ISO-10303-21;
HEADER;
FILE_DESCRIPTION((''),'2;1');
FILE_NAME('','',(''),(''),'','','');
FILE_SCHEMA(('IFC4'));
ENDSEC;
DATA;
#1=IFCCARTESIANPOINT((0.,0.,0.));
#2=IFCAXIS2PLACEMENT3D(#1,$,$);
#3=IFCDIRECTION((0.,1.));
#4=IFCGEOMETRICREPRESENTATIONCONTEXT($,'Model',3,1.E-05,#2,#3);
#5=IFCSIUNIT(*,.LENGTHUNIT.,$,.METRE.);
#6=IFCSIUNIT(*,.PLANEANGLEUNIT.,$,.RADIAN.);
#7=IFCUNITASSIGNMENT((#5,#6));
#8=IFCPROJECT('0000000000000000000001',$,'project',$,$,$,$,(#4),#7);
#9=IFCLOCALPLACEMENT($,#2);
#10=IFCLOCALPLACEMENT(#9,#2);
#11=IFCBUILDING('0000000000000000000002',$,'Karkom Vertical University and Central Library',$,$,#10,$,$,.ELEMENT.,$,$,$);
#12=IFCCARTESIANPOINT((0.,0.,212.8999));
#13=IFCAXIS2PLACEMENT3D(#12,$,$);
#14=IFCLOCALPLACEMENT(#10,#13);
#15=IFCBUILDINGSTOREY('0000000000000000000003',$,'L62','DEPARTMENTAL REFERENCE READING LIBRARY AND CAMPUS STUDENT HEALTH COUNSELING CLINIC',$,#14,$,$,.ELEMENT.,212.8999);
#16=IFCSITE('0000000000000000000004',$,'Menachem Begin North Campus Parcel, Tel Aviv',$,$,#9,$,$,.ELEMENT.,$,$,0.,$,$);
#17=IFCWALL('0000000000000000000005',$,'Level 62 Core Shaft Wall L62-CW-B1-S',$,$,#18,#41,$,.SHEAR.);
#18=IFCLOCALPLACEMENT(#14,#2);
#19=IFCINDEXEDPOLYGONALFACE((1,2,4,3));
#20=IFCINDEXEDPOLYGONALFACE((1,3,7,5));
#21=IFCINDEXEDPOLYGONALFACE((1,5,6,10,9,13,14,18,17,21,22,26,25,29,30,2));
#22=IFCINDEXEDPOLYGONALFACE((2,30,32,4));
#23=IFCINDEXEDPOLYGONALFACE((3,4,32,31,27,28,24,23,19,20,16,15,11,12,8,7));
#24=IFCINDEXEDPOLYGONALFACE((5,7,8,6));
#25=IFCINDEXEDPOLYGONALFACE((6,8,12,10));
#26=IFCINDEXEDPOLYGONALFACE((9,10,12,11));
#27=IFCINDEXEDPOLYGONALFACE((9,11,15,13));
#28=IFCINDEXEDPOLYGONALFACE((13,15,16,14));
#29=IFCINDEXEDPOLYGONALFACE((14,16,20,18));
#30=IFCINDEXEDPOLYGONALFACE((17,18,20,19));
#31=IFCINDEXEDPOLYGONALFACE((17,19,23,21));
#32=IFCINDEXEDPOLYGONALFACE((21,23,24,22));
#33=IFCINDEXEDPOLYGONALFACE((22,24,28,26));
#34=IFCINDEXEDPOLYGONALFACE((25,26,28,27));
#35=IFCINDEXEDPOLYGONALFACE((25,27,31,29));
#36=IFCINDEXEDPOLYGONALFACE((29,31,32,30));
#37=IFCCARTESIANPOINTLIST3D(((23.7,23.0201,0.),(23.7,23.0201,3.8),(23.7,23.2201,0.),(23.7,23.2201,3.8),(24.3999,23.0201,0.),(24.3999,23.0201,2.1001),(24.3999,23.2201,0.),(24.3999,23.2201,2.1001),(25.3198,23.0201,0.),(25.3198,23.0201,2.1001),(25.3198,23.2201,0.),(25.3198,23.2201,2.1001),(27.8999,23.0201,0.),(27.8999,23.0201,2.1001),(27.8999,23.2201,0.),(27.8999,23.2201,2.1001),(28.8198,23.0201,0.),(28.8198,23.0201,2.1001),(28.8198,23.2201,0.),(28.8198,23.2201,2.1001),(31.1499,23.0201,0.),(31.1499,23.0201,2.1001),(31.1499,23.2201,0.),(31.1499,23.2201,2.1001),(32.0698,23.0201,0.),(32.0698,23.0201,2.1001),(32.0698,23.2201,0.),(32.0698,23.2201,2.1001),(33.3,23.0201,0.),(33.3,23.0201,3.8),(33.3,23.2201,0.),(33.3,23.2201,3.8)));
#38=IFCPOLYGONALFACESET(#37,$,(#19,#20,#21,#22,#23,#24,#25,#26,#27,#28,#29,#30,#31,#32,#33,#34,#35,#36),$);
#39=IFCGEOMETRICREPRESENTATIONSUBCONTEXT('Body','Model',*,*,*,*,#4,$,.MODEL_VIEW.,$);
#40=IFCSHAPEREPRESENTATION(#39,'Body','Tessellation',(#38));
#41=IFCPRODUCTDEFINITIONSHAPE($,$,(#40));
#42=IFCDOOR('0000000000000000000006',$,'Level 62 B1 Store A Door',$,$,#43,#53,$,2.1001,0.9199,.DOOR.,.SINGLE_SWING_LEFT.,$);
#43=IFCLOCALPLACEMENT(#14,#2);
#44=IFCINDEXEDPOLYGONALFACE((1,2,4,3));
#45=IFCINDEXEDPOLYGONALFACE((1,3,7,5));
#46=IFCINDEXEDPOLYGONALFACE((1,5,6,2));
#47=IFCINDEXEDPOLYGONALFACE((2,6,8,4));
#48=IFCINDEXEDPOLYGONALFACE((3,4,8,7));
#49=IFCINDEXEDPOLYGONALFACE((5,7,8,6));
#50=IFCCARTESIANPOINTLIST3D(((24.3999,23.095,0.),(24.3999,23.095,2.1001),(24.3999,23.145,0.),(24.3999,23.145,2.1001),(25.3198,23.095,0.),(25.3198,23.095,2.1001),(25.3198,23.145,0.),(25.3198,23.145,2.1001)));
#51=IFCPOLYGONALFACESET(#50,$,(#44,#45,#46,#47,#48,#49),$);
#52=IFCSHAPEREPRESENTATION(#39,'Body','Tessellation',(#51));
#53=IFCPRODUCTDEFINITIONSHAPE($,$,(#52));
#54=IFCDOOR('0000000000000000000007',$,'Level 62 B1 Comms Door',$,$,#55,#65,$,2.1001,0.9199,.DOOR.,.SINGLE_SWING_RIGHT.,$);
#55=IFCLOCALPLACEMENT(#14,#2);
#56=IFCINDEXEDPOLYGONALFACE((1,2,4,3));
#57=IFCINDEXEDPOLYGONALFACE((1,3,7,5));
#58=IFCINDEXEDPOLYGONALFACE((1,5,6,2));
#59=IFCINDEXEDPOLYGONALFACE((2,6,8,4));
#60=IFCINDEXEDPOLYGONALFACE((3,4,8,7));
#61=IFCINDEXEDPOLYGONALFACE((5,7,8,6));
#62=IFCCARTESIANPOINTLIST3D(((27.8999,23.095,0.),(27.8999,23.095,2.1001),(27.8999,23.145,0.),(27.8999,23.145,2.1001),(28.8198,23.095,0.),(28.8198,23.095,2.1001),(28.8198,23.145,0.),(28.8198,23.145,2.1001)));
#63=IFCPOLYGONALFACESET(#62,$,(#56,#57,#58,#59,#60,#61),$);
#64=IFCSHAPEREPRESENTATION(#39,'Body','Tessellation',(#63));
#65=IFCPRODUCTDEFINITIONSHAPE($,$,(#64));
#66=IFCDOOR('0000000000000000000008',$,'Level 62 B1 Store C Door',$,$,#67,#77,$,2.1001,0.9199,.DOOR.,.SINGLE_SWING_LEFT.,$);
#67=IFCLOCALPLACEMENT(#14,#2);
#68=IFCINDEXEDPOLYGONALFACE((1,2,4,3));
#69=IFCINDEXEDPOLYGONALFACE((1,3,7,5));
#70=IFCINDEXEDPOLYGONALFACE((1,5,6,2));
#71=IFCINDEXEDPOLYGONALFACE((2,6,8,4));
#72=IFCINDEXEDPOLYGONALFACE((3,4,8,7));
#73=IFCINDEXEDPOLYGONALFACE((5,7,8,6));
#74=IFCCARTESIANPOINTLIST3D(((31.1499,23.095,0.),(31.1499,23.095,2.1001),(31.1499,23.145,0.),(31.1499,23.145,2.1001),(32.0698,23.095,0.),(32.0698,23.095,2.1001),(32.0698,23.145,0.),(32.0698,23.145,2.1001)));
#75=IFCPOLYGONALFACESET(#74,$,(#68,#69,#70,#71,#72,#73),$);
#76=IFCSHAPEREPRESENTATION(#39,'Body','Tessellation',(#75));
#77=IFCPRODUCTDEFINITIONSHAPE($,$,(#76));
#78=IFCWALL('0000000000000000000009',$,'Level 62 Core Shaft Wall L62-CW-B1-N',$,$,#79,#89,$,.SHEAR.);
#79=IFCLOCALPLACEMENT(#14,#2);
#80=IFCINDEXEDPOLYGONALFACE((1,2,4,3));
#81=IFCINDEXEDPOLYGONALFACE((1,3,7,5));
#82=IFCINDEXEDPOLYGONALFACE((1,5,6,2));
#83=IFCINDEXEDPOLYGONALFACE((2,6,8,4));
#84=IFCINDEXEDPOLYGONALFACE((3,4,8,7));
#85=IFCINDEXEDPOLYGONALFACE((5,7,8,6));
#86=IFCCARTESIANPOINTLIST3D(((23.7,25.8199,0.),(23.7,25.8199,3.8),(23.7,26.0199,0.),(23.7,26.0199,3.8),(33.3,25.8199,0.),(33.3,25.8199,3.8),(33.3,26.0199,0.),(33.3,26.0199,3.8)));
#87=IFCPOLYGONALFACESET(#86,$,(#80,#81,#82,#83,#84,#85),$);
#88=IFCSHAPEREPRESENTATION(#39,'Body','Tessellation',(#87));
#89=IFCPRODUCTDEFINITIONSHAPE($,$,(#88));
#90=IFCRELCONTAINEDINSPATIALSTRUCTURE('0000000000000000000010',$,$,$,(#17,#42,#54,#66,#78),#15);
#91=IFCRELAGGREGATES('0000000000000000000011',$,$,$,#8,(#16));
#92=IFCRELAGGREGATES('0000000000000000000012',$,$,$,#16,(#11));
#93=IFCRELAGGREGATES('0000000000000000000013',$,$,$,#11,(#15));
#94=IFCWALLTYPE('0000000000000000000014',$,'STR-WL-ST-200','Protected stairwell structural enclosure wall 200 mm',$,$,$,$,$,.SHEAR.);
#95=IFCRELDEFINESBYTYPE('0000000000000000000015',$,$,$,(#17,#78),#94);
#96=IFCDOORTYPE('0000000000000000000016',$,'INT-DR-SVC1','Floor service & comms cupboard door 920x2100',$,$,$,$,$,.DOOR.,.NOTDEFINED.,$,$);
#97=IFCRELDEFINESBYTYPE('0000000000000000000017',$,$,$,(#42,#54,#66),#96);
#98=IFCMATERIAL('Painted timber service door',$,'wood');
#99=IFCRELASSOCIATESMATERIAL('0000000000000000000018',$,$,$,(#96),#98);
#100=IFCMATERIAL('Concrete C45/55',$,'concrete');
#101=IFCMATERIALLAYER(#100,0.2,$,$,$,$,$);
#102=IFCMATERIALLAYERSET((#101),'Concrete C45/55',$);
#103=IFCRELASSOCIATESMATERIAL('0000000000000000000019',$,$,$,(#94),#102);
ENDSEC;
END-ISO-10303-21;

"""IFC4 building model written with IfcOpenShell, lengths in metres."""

from ifc_helpers import new_model, si_unit, direction, frame, frame_2d, origin, origin_with_axes, place, context, subcontext, project, spatial, rectangle, extrude, source, transform, mapped, material, layer, layer_set, type_object, element, fill, save


model = new_model("IFC4")

# Units and contexts
model_context = context("Model", 3, precision=1e-05, world=origin(), true_north=direction((0.0, 1.0)))
body_context = subcontext(model_context, "Body", "Model", "MODEL_VIEW")
ifc_project = project(units=[si_unit("LENGTHUNIT", "METRE"), si_unit("PLANEANGLEUNIT", "RADIAN")], contexts=[model_context])

# Site, building, storey
site_placement = place(None, origin())
site = spatial("IfcSite", under=ifc_project, at=site_placement, Name="Menachem Begin North Campus Parcel, Tel Aviv", CompositionType="ELEMENT", RefElevation=0.0)
building_placement = place(site_placement, origin())
building = spatial("IfcBuilding", under=site, at=building_placement, Name="Karkom Vertical University and Central Library", CompositionType="ELEMENT")
storey_placement = place(building_placement, frame((0.0, 0.0, 212.8999)))
storey = spatial("IfcBuildingStorey", under=building, at=storey_placement, Name="L62", Description="DEPARTMENTAL REFERENCE READING LIBRARY AND CAMPUS STUDENT HEALTH COUNSELING CLINIC", CompositionType="ELEMENT", Elevation=212.8999)

# Shared definitions
ifc_material_1 = material(Name="Concrete C45/55", Category="concrete")

# Shared definitions
ifc_material_2 = material(Name="Painted timber service door", Category="wood")
door_type_1 = type_object("IfcDoorType", Name="INT-DR-SVC1", Description="Floor service & comms cupboard door 920x2100", OperationType="NOTDEFINED", PredefinedType="DOOR", material=ifc_material_2)
shared_shape_1 = source(origin_with_axes(), body_context, "Body", "SweptSolid", [
    extrude(rectangle(XDim=0.9199, YDim=2.1001, at=frame_2d((0.46, 1.05))), frame((0.0, 0.0249, 0.0), z_axis=(0.0, -1.0, 0.0), x_axis=(1.0, 0.0, 0.0)), (0.0, 0.0, 1.0), 0.05),
])

# Wall, openings, doors
ifc_layer_1 = layer(ifc_material_1, 0.2)
ifc_layer_set_1 = layer_set([ifc_layer_1], Name="Concrete C45/55")
wall_type_1 = type_object("IfcWallType", Name="STR-WL-ST-200", Description="Protected stairwell structural enclosure wall 200 mm", PredefinedType="SHEAR", material=ifc_layer_set_1)
wall_1_placement = place(storey_placement, frame((23.7, 23.1201, 0.0), z_axis=(0.0, 0.0, 1.0), x_axis=(1.0, 0.0, 0.0)))
wall_1 = element("IfcWall", 1, at=wall_1_placement, inside=storey, type_object=wall_type_1, Name="Level 62 Core Shaft Wall L62-CW-B1-S", PredefinedType="SHEAR", context=body_context, shape_type="SweptSolid", body=[
    extrude(rectangle(XDim=9.6001, YDim=0.2, at=frame_2d((4.8, 0.0))), origin(), (0.0, 0.0, 1.0), 3.8),
])
opening_1_placement = place(wall_1_placement, frame((0.7, 0.0, 0.0)))
opening_1 = element("IfcOpeningElement", 2, at=opening_1_placement, cuts=wall_1, PredefinedType="OPENING", context=body_context, shape_type="SweptSolid", body=[
    extrude(rectangle(XDim=0.9199, YDim=2.1001, at=frame_2d((0.46, 1.05))), frame((0.0, 0.1099, 0.0), z_axis=(0.0, -1.0, 0.0), x_axis=(1.0, 0.0, 0.0)), (0.0, 0.0, 1.0), 0.22),
])
opening_2_placement = place(wall_1_placement, frame((4.2, 0.0, 0.0)))
opening_2 = element("IfcOpeningElement", 3, at=opening_2_placement, cuts=wall_1, PredefinedType="OPENING", context=body_context, shape_type="SweptSolid", body=[
    extrude(rectangle(XDim=0.9199, YDim=2.1001, at=frame_2d((0.46, 1.05))), frame((0.0, 0.1099, 0.0), z_axis=(0.0, -1.0, 0.0), x_axis=(1.0, 0.0, 0.0)), (0.0, 0.0, 1.0), 0.22),
])
opening_3_placement = place(wall_1_placement, frame((7.45, 0.0, 0.0)))
opening_3 = element("IfcOpeningElement", 4, at=opening_3_placement, cuts=wall_1, PredefinedType="OPENING", context=body_context, shape_type="SweptSolid", body=[
    extrude(rectangle(XDim=0.9199, YDim=2.1001, at=frame_2d((0.46, 1.05))), frame((0.0, 0.1099, 0.0), z_axis=(0.0, -1.0, 0.0), x_axis=(1.0, 0.0, 0.0)), (0.0, 0.0, 1.0), 0.22),
])
door_1_placement = place(opening_1_placement, origin())
door_1 = element("IfcDoor", 5, at=door_1_placement, inside=storey, type_object=door_type_1, Name="Level 62 B1 Store A Door", OperationType="SINGLE_SWING_LEFT", OverallHeight=2.1001, OverallWidth=0.9199, PredefinedType="DOOR", context=body_context, shape_type="MappedRepresentation", body=[
    mapped(shared_shape_1, transform((0.0, 0.0, 0.0), scale=1.0)),
])
fill(opening_1, door_1)
door_2_placement = place(opening_2_placement, origin())
door_2 = element("IfcDoor", 6, at=door_2_placement, inside=storey, type_object=door_type_1, Name="Level 62 B1 Comms Door", OperationType="SINGLE_SWING_RIGHT", OverallHeight=2.1001, OverallWidth=0.9199, PredefinedType="DOOR", context=body_context, shape_type="MappedRepresentation", body=[
    mapped(shared_shape_1, transform((0.0, 0.0, 0.0), scale=1.0)),
])
fill(opening_2, door_2)
door_3_placement = place(opening_3_placement, origin())
door_3 = element("IfcDoor", 7, at=door_3_placement, inside=storey, type_object=door_type_1, Name="Level 62 B1 Store C Door", OperationType="SINGLE_SWING_LEFT", OverallHeight=2.1001, OverallWidth=0.9199, PredefinedType="DOOR", context=body_context, shape_type="MappedRepresentation", body=[
    mapped(shared_shape_1, transform((0.0, 0.0, 0.0), scale=1.0)),
])
fill(opening_3, door_3)

# Wall
wall_2_placement = place(storey_placement, frame((23.7, 25.9199, 0.0), z_axis=(0.0, 0.0, 1.0), x_axis=(1.0, 0.0, 0.0)))
element("IfcWall", 8, at=wall_2_placement, inside=storey, type_object=wall_type_1, Name="Level 62 Core Shaft Wall L62-CW-B1-N", PredefinedType="SHEAR", context=body_context, shape_type="SweptSolid", body=[
    extrude(rectangle(XDim=9.6001, YDim=0.2, at=frame_2d((4.8, 0.0))), origin(), (0.0, 0.0, 1.0), 3.8),
])

save(model, "model.ifc")
